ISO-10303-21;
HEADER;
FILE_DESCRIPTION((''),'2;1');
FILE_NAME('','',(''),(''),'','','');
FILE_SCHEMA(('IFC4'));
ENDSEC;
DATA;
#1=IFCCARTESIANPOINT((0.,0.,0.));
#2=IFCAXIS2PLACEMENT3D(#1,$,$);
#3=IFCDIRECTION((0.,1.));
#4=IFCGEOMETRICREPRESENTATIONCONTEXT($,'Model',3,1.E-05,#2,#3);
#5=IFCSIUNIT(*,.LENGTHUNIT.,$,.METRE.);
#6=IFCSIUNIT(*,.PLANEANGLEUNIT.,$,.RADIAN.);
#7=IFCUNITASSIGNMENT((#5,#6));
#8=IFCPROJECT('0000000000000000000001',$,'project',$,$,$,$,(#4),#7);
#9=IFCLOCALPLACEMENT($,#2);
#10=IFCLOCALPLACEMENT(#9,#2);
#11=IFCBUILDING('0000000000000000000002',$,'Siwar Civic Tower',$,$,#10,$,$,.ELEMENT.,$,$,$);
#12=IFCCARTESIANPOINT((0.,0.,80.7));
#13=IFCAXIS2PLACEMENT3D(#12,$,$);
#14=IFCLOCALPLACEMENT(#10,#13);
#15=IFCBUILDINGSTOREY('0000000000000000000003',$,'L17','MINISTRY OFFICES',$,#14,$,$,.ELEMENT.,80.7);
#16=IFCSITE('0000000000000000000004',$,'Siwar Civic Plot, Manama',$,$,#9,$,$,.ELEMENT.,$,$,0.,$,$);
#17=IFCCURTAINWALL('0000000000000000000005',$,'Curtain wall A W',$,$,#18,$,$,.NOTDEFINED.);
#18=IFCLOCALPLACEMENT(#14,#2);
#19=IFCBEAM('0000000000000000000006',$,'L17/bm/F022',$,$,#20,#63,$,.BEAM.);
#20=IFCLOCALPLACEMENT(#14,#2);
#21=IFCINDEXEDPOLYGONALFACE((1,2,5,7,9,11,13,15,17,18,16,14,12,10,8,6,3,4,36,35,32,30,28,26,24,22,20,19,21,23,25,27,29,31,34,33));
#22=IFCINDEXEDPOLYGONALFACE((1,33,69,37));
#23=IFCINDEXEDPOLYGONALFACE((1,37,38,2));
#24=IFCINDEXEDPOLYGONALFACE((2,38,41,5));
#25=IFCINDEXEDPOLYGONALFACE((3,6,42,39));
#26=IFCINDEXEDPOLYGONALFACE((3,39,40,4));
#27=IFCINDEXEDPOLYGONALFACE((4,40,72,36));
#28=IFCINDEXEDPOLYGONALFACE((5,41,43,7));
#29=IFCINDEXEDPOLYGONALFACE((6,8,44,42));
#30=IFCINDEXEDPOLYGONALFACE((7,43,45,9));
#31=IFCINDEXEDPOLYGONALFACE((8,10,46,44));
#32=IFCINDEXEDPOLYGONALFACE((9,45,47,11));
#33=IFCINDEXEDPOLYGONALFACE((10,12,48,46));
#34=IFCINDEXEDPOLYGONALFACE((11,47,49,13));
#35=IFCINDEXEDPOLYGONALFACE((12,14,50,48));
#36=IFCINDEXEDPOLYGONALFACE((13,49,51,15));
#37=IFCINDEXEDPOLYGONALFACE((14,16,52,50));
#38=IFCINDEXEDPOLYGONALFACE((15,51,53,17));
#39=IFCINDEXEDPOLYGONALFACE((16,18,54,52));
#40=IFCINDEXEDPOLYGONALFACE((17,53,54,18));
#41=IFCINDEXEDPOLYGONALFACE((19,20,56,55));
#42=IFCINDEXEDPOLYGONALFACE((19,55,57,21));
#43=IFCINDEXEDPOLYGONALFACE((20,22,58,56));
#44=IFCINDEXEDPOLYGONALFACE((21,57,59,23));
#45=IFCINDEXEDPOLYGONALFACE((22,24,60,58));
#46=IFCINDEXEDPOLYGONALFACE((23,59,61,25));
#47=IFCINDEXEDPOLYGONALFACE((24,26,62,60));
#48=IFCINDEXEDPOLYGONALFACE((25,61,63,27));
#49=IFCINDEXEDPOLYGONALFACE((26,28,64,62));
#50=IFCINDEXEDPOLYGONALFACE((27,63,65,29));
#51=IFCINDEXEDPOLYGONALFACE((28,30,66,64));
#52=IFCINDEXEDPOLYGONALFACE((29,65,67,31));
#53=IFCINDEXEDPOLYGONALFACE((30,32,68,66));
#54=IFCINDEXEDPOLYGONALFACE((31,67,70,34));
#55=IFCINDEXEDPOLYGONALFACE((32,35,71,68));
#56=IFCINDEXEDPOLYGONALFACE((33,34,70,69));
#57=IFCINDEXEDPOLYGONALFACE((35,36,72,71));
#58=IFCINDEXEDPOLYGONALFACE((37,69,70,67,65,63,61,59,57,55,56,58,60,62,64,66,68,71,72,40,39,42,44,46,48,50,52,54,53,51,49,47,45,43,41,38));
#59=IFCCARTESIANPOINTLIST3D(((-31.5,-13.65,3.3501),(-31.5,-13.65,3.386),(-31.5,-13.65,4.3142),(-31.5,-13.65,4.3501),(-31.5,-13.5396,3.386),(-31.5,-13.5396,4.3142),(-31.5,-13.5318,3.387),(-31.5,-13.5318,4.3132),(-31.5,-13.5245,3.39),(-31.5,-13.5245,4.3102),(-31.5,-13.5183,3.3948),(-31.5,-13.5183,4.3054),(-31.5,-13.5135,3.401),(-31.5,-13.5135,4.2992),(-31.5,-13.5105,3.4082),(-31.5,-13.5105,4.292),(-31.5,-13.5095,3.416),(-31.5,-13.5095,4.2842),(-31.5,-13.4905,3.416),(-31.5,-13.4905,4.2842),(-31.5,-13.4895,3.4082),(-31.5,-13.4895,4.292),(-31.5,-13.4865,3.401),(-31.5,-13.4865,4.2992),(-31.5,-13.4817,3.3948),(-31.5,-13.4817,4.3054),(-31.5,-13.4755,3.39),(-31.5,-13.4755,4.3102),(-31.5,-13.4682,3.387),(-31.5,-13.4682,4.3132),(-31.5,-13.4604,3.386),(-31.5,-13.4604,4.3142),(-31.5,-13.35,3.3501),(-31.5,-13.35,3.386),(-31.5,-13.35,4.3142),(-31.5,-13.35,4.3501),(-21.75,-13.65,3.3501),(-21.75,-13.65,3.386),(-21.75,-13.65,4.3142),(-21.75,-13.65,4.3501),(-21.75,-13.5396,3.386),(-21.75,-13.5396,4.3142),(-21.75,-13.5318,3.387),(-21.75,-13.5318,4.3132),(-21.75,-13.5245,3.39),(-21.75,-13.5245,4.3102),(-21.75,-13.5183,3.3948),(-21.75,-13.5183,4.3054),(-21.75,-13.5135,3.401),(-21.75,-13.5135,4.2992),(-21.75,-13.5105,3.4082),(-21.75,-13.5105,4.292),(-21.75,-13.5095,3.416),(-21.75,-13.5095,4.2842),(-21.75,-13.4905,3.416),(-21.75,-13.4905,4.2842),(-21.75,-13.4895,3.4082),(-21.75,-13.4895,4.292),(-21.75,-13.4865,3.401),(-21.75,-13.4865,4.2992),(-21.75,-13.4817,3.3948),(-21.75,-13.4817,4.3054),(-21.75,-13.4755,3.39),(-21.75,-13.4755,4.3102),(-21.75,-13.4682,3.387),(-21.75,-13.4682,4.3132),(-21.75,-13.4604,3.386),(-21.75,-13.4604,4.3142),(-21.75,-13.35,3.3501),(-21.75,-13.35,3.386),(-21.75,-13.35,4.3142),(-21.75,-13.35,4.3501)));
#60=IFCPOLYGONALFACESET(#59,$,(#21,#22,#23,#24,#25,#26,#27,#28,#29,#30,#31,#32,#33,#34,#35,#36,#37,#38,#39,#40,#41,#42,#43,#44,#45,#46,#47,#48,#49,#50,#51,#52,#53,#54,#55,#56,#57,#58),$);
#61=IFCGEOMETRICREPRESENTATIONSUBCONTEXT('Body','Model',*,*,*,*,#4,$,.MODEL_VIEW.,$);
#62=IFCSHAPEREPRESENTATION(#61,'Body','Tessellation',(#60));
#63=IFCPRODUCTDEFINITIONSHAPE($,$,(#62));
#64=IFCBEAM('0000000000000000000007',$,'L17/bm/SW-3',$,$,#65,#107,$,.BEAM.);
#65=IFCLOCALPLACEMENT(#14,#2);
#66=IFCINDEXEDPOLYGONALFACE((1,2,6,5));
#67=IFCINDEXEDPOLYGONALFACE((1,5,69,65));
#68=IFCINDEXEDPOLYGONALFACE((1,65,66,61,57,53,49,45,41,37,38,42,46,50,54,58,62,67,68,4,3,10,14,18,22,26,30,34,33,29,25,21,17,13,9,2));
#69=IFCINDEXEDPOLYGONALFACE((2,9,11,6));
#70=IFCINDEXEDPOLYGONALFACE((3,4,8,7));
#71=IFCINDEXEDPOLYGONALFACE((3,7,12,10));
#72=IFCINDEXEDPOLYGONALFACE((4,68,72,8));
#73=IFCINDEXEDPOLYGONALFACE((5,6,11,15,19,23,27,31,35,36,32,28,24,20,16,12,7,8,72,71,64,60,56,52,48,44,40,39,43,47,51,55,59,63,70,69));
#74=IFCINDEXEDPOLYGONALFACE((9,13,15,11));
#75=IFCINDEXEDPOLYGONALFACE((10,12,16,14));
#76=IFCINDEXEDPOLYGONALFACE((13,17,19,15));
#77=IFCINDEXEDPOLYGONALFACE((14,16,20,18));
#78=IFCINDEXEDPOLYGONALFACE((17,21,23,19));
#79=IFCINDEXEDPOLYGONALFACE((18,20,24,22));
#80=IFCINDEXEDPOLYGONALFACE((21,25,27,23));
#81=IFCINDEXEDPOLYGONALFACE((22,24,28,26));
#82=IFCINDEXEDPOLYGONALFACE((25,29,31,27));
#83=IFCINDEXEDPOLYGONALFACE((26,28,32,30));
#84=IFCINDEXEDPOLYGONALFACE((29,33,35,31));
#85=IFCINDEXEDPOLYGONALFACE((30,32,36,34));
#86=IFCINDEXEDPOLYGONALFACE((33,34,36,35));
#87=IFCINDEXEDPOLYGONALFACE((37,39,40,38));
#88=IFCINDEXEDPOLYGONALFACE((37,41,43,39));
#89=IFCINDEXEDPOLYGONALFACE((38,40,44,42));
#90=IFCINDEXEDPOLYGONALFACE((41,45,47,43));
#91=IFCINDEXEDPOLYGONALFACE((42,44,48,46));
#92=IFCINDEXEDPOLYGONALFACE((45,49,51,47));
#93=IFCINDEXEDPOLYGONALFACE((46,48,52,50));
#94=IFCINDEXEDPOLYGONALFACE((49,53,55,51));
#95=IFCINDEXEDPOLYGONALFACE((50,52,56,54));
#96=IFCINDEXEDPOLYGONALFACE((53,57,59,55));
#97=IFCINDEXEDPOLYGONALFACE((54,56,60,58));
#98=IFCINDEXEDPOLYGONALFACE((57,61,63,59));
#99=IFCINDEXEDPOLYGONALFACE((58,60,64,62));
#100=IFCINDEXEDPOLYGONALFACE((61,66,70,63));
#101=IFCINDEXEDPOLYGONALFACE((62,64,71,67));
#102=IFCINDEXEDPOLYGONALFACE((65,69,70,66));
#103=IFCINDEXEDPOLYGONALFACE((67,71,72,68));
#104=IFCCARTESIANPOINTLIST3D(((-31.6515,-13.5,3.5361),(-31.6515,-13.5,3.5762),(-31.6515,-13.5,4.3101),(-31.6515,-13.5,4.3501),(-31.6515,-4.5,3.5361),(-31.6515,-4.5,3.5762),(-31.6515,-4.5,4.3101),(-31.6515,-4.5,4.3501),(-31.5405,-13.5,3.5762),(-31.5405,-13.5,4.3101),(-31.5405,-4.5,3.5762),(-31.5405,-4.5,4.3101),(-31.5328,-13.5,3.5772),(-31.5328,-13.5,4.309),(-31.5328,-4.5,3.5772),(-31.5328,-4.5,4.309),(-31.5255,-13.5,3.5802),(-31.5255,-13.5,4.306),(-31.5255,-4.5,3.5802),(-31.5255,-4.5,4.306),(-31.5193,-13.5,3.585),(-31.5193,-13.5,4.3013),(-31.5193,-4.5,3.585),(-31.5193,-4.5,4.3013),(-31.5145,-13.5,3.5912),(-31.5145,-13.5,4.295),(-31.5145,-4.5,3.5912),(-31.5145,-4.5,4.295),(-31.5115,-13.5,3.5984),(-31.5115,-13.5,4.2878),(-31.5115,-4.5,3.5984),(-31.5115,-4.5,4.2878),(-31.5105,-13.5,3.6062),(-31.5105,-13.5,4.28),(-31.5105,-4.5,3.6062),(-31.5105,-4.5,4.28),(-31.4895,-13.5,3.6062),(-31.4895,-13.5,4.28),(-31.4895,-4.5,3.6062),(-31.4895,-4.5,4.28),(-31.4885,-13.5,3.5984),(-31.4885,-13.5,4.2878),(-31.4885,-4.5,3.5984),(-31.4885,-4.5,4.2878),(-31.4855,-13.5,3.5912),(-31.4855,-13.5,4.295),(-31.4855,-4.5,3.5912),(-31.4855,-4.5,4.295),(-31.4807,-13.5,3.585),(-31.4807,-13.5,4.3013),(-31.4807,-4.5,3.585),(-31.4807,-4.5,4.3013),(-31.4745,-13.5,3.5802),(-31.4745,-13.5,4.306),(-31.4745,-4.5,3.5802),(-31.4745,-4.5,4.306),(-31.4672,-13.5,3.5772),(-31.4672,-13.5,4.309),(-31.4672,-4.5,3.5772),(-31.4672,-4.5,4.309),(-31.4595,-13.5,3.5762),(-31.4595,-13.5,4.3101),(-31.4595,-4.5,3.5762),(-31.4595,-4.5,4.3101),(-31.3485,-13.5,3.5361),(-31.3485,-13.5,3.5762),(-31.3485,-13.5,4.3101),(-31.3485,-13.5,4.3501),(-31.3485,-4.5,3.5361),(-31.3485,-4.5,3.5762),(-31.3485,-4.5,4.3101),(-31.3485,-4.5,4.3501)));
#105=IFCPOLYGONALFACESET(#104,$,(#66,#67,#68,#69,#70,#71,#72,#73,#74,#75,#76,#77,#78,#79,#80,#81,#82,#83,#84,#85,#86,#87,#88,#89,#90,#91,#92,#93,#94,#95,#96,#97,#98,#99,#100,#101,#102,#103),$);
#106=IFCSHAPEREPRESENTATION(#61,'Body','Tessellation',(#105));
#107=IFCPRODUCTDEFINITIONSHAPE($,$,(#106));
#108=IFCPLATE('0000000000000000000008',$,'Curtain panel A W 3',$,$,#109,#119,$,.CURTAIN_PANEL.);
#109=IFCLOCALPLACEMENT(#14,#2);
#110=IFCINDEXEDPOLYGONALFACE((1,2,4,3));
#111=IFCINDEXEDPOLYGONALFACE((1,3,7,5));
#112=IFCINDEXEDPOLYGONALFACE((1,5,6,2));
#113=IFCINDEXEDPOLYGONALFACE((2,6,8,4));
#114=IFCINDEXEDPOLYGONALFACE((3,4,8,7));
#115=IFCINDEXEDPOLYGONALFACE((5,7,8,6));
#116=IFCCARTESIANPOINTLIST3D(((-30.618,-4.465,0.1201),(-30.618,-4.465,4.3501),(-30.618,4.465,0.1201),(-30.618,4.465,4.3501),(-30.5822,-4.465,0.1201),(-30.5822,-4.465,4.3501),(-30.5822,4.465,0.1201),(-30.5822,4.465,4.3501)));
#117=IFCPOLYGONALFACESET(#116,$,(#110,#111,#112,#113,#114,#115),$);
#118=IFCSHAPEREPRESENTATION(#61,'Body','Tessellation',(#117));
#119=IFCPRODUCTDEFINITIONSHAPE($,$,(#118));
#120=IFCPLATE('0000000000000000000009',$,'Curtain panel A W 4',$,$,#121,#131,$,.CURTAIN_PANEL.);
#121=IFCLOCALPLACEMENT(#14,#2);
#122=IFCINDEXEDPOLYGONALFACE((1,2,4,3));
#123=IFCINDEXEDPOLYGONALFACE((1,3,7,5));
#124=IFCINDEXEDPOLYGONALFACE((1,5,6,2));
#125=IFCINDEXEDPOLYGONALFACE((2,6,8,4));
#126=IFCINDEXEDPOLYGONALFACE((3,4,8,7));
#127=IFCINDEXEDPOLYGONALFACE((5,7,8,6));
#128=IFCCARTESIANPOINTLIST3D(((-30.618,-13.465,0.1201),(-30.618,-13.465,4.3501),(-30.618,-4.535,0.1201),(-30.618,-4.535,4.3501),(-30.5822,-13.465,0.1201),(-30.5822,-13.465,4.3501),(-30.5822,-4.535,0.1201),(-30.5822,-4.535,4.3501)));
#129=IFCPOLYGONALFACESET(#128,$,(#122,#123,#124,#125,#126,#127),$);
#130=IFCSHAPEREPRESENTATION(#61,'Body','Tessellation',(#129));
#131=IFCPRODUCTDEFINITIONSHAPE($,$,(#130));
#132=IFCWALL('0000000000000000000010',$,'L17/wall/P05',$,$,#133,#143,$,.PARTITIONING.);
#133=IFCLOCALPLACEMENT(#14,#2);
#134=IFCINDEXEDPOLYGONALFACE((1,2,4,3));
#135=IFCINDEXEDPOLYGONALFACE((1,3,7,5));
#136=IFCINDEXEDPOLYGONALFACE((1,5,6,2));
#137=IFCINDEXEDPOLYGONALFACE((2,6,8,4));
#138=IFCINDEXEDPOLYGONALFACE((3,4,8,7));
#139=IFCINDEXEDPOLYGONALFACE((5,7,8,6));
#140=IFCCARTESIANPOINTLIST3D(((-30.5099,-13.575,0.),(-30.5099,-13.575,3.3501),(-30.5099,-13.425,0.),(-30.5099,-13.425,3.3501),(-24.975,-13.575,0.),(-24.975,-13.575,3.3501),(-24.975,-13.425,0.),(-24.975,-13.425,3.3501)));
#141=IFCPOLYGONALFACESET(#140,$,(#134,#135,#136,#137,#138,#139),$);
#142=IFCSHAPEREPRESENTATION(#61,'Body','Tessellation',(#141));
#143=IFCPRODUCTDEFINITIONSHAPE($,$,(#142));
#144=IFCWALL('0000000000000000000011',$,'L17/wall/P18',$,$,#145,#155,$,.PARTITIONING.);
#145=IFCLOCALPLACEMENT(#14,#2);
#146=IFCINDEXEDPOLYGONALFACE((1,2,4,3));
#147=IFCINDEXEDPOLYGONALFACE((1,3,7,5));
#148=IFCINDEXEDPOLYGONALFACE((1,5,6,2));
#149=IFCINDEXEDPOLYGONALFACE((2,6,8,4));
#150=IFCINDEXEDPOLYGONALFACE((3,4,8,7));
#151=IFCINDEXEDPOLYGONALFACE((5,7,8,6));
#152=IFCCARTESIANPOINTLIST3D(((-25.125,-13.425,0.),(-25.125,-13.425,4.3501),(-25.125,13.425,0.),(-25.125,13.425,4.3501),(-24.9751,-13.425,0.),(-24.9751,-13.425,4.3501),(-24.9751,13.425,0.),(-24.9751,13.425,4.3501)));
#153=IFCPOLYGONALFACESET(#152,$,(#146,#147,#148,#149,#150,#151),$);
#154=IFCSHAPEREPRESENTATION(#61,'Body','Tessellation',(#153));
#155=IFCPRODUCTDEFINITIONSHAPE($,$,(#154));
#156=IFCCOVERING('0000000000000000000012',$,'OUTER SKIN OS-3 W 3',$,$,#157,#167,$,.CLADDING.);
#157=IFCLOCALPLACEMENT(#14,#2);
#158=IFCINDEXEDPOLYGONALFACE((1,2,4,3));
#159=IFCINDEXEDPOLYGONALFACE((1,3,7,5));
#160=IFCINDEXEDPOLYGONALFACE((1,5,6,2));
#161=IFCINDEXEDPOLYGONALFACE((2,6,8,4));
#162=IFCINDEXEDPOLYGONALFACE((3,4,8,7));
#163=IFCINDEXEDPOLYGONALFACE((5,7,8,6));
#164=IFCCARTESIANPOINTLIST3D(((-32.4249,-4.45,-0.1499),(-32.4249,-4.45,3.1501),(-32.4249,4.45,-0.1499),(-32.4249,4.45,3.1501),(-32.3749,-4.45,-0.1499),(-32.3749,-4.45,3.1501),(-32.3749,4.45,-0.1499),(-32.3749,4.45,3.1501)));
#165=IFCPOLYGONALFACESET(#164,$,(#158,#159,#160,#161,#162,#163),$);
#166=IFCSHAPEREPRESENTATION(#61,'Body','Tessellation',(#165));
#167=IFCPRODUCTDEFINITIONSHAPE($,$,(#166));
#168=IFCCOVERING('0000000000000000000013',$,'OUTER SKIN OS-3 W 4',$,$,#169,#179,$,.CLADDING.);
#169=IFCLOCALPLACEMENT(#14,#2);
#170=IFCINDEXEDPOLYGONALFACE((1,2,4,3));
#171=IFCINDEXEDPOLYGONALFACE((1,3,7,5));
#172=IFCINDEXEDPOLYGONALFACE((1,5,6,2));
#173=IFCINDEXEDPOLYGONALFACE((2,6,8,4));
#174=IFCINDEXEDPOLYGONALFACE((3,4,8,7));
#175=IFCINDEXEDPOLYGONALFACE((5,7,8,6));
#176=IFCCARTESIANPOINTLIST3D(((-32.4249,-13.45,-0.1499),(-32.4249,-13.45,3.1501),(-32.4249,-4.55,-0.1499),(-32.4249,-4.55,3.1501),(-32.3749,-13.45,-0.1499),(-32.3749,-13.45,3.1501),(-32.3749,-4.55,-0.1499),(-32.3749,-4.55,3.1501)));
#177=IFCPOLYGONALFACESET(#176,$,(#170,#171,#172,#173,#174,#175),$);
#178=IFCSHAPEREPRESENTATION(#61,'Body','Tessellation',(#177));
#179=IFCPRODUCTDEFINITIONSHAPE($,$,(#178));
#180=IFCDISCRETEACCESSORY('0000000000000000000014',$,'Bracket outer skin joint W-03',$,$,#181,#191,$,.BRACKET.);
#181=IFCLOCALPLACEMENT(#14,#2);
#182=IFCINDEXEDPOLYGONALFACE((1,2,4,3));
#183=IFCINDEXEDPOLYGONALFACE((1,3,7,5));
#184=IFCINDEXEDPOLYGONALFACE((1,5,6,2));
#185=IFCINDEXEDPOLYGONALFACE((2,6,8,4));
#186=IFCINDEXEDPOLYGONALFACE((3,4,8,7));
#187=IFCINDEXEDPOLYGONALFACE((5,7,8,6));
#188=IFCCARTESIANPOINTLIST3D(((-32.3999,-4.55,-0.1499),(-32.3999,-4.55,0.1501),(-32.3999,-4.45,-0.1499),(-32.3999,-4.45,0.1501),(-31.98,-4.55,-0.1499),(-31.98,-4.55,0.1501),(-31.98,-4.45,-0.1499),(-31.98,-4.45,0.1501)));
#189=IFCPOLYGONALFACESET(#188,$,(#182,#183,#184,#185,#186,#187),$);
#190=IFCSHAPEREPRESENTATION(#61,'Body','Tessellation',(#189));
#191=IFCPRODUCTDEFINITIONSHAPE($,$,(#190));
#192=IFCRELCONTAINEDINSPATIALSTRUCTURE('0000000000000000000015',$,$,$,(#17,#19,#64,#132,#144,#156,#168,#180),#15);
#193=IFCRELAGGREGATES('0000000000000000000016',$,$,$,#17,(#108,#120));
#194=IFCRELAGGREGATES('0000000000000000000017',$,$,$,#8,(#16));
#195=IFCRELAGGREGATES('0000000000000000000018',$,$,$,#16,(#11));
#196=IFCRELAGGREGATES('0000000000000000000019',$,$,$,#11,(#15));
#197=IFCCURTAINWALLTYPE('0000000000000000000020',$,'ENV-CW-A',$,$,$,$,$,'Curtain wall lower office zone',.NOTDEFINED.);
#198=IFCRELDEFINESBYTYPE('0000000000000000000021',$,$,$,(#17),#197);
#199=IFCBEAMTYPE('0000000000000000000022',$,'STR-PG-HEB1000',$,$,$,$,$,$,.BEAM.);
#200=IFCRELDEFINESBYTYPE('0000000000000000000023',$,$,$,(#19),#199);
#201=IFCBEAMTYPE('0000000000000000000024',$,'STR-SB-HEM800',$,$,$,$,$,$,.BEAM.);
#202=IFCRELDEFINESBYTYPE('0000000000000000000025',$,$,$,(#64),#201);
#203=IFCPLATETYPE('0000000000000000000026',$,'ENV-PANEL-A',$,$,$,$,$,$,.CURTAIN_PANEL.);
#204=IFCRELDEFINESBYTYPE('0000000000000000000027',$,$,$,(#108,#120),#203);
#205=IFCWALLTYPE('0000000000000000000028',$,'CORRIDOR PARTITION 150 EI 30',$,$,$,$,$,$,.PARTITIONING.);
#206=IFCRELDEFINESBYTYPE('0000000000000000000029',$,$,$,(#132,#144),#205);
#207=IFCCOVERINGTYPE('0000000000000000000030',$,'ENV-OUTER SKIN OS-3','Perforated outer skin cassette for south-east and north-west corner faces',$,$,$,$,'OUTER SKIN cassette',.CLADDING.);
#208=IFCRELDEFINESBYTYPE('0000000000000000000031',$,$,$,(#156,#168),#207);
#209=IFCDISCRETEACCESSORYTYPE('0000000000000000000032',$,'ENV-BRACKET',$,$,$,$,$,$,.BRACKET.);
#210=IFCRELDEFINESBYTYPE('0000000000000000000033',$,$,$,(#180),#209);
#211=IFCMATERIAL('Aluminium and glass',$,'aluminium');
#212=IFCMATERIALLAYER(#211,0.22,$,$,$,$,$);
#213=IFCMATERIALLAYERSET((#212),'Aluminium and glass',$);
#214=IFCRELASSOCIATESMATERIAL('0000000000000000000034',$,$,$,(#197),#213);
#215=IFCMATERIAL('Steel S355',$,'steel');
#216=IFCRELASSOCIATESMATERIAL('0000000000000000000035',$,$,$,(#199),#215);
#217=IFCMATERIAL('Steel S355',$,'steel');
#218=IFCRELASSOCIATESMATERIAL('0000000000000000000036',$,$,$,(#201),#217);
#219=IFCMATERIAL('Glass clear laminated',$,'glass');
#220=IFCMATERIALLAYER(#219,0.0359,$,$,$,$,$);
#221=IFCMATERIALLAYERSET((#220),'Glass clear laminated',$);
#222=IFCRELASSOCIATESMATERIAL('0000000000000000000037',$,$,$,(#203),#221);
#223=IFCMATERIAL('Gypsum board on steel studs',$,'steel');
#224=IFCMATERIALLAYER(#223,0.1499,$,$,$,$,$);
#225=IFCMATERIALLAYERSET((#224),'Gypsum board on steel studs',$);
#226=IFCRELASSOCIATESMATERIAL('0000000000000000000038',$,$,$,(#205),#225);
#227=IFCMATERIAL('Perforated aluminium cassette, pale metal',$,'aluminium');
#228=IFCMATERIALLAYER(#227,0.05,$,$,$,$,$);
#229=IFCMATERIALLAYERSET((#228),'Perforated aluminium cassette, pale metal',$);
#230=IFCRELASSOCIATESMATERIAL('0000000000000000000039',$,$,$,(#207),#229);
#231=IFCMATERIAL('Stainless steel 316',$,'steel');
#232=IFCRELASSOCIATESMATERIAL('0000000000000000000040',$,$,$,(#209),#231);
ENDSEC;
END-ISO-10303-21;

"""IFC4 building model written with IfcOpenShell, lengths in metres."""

from ifc_helpers import new_model, si_unit, direction, frame, frame_2d, origin, origin_2d, place, context, subcontext, project, spatial, rectangle, i_section, extrude, material, layer, layer_set, material_profile, profile_set, type_object, element, aggregate, save


model = new_model("IFC4")

# Units and contexts
model_context = context("Model", 3, precision=1e-05, world=origin(), true_north=direction((0.0, 1.0)))
body_context = subcontext(model_context, "Body", "Model", "MODEL_VIEW")
ifc_project = project(units=[si_unit("LENGTHUNIT", "METRE"), si_unit("PLANEANGLEUNIT", "RADIAN")], contexts=[model_context])

# Site, building, storey
site_placement = place(None, origin())
site = spatial("IfcSite", under=ifc_project, at=site_placement, Name="Siwar Civic Plot, Manama", CompositionType="ELEMENT", RefElevation=0.0)
building_placement = place(site_placement, origin())
building = spatial("IfcBuilding", under=site, at=building_placement, Name="Siwar Civic Tower", CompositionType="ELEMENT")
storey_placement = place(building_placement, frame((0.0, 0.0, 80.7)))
storey = spatial("IfcBuildingStorey", under=building, at=storey_placement, Name="L17", Description="MINISTRY OFFICES", CompositionType="ELEMENT", Elevation=80.7)

# Curtain wall
ifc_material_1 = material(Name="Aluminium and glass", Category="aluminium")
ifc_layer_1 = layer(ifc_material_1, 0.22)
ifc_layer_set_1 = layer_set([ifc_layer_1], Name="Aluminium and glass")
curtain_wall_type = type_object("IfcCurtainWallType", Name="ENV-CW-A", ElementType="Curtain wall lower office zone", PredefinedType="NOTDEFINED", material=ifc_layer_set_1)
curtain_wall_placement = place(storey_placement, origin())
curtain_wall = element("IfcCurtainWall", 1, at=curtain_wall_placement, inside=storey, type_object=curtain_wall_type, Name="Curtain wall A W", PredefinedType="NOTDEFINED")

# Beams
ifc_material_2 = material(Name="Steel S355", Category="steel")
ifc_material_profile_1 = material_profile(ifc_material_2, i_section(OverallWidth=0.3, OverallDepth=1.0, WebThickness=0.019, FlangeThickness=0.0359, FilletRadius=0.03, at=origin_2d()), Name="HEB1000")
ifc_profile_set_1 = profile_set([ifc_material_profile_1], Name="Steel S355")
beam_type_1 = type_object("IfcBeamType", Name="STR-PG-HEB1000", PredefinedType="BEAM", material=ifc_profile_set_1)
beam_1_placement = place(storey_placement, frame((-31.5, -13.5, 3.8501), z_axis=(1.0, 0.0, 0.0), x_axis=(0.0, 1.0, 0.0)))
element("IfcBeam", 2, at=beam_1_placement, inside=storey, type_object=beam_type_1, Name="L17/bm/F022", PredefinedType="BEAM", context=body_context, shape_type="SweptSolid", body=[
    extrude(i_section(OverallWidth=0.3, OverallDepth=1.0, WebThickness=0.019, FlangeThickness=0.0359, FilletRadius=0.03, at=origin_2d()), origin(), (0.0, 0.0, 1.0), 9.75),
])
ifc_material_3 = material(Name="Steel S355", Category="steel")
ifc_material_profile_2 = material_profile(ifc_material_3, i_section(OverallWidth=0.303, OverallDepth=0.814, WebThickness=0.021, FlangeThickness=0.04, FilletRadius=0.03, at=origin_2d()), Name="HEM800")
ifc_profile_set_2 = profile_set([ifc_material_profile_2], Name="Steel S355")
beam_type_2 = type_object("IfcBeamType", Name="STR-SB-HEM800", PredefinedType="BEAM", material=ifc_profile_set_2)
beam_2_placement = place(storey_placement, frame((-31.5, -4.5, 3.9431), z_axis=(0.0, -1.0, 0.0), x_axis=(1.0, 0.0, 0.0)))
element("IfcBeam", 3, at=beam_2_placement, inside=storey, type_object=beam_type_2, Name="L17/bm/SW-3", PredefinedType="BEAM", context=body_context, shape_type="SweptSolid", body=[
    extrude(i_section(OverallWidth=0.303, OverallDepth=0.814, WebThickness=0.021, FlangeThickness=0.04, FilletRadius=0.03, at=origin_2d()), origin(), (0.0, 0.0, 1.0), 9.0),
])

# Plates
ifc_material_4 = material(Name="Glass clear laminated", Category="glass")
ifc_layer_2 = layer(ifc_material_4, 0.0359)
ifc_layer_set_2 = layer_set([ifc_layer_2], Name="Glass clear laminated")
plate_type = type_object("IfcPlateType", Name="ENV-PANEL-A", PredefinedType="CURTAIN_PANEL", material=ifc_layer_set_2)
plate_1_placement = place(storey_placement, frame((-30.6001, 0.0, 0.1201), z_axis=(0.0, 0.0, 1.0), x_axis=(0.0, -1.0, 0.0)))
plate_1 = element("IfcPlate", 4, at=plate_1_placement, type_object=plate_type, Name="Curtain panel A W 3", PredefinedType="CURTAIN_PANEL", context=body_context, shape_type="SweptSolid", body=[
    extrude(rectangle(XDim=8.9299, YDim=0.0359, at=origin_2d()), origin(), (0.0, 0.0, 1.0), 4.23),
])
plate_2_placement = place(storey_placement, frame((-30.6001, -9.0, 0.1201), z_axis=(0.0, 0.0, 1.0), x_axis=(0.0, -1.0, 0.0)))
plate_2 = element("IfcPlate", 5, at=plate_2_placement, type_object=plate_type, Name="Curtain panel A W 4", PredefinedType="CURTAIN_PANEL", context=body_context, shape_type="SweptSolid", body=[
    extrude(rectangle(XDim=8.9299, YDim=0.0359, at=origin_2d()), origin(), (0.0, 0.0, 1.0), 4.23),
])
aggregate(curtain_wall, [plate_1, plate_2])

# Walls
ifc_material_5 = material(Name="Gypsum board on steel studs", Category="steel")
ifc_layer_3 = layer(ifc_material_5, 0.1499)
ifc_layer_set_3 = layer_set([ifc_layer_3], Name="Gypsum board on steel studs")
wall_type = type_object("IfcWallType", Name="CORRIDOR PARTITION 150 EI 30", PredefinedType="PARTITIONING", material=ifc_layer_set_3)
wall_1_placement = place(storey_placement, frame((-30.51, -13.5, 0.0), z_axis=(0.0, 0.0, 1.0), x_axis=(1.0, 0.0, 0.0)))
element("IfcWall", 6, at=wall_1_placement, inside=storey, type_object=wall_type, Name="L17/wall/P05", PredefinedType="PARTITIONING", context=body_context, shape_type="SweptSolid", body=[
    extrude(rectangle(XDim=5.5349, YDim=0.1499, at=frame_2d((2.7676, 0.0))), origin(), (0.0, 0.0, 1.0), 3.3501),
])
wall_2_placement = place(storey_placement, frame((-25.05, -13.425, 0.0), z_axis=(0.0, 0.0, 1.0), x_axis=(0.0, 1.0, 0.0)))
element("IfcWall", 7, at=wall_2_placement, inside=storey, type_object=wall_type, Name="L17/wall/P18", PredefinedType="PARTITIONING", context=body_context, shape_type="SweptSolid", body=[
    extrude(rectangle(XDim=26.8501, YDim=0.1499, at=frame_2d((13.425, 0.0))), origin(), (0.0, 0.0, 1.0), 4.3501),
])

# Coverings
ifc_material_6 = material(Name="Perforated aluminium cassette, pale metal", Category="aluminium")
ifc_layer_4 = layer(ifc_material_6, 0.05)
ifc_layer_set_4 = layer_set([ifc_layer_4], Name="Perforated aluminium cassette, pale metal")
covering_type = type_object("IfcCoveringType", Name="ENV-OUTER SKIN OS-3", Description="Perforated outer skin cassette for south-east and north-west corner faces", ElementType="OUTER SKIN cassette", PredefinedType="CLADDING", material=ifc_layer_set_4)
for number, where, z_axis, x_axis, name in (
    (8, (-32.3999, 0.0, -0.1499), (0.0, 0.0, 1.0), (0.0, -1.0, 0.0), "OUTER SKIN OS-3 W 3"),
    (9, (-32.3999, -9.0, -0.1499), (0.0, 0.0, 1.0), (0.0, -1.0, 0.0), "OUTER SKIN OS-3 W 4"),
):
    element("IfcCovering", number, at=place(storey_placement, frame(where, z_axis=z_axis, x_axis=x_axis)), inside=storey, type_object=covering_type, Name=name, PredefinedType="CLADDING", context=body_context, shape_type="SweptSolid", body=[
        extrude(rectangle(XDim=8.8999, YDim=0.05, at=origin_2d()), origin(), (0.0, 0.0, 1.0), 3.3),
    ])

# Discrete accessory
ifc_material_7 = material(Name="Stainless steel 316", Category="steel")
discrete_accessory_type = type_object("IfcDiscreteAccessoryType", Name="ENV-BRACKET", PredefinedType="BRACKET", material=ifc_material_7)
discrete_accessory_placement = place(storey_placement, frame((-32.1899, -4.5, -0.1499), z_axis=(0.0, 0.0, 1.0), x_axis=(-1.0, 0.0, 0.0)))
element("IfcDiscreteAccessory", 10, at=discrete_accessory_placement, inside=storey, type_object=discrete_accessory_type, Name="Bracket outer skin joint W-03", PredefinedType="BRACKET", context=body_context, shape_type="SweptSolid", body=[
    extrude(rectangle(XDim=0.4199, YDim=0.1001, at=origin_2d()), origin(), (0.0, 0.0, 1.0), 0.3),
])

save(model, "model.ifc")
